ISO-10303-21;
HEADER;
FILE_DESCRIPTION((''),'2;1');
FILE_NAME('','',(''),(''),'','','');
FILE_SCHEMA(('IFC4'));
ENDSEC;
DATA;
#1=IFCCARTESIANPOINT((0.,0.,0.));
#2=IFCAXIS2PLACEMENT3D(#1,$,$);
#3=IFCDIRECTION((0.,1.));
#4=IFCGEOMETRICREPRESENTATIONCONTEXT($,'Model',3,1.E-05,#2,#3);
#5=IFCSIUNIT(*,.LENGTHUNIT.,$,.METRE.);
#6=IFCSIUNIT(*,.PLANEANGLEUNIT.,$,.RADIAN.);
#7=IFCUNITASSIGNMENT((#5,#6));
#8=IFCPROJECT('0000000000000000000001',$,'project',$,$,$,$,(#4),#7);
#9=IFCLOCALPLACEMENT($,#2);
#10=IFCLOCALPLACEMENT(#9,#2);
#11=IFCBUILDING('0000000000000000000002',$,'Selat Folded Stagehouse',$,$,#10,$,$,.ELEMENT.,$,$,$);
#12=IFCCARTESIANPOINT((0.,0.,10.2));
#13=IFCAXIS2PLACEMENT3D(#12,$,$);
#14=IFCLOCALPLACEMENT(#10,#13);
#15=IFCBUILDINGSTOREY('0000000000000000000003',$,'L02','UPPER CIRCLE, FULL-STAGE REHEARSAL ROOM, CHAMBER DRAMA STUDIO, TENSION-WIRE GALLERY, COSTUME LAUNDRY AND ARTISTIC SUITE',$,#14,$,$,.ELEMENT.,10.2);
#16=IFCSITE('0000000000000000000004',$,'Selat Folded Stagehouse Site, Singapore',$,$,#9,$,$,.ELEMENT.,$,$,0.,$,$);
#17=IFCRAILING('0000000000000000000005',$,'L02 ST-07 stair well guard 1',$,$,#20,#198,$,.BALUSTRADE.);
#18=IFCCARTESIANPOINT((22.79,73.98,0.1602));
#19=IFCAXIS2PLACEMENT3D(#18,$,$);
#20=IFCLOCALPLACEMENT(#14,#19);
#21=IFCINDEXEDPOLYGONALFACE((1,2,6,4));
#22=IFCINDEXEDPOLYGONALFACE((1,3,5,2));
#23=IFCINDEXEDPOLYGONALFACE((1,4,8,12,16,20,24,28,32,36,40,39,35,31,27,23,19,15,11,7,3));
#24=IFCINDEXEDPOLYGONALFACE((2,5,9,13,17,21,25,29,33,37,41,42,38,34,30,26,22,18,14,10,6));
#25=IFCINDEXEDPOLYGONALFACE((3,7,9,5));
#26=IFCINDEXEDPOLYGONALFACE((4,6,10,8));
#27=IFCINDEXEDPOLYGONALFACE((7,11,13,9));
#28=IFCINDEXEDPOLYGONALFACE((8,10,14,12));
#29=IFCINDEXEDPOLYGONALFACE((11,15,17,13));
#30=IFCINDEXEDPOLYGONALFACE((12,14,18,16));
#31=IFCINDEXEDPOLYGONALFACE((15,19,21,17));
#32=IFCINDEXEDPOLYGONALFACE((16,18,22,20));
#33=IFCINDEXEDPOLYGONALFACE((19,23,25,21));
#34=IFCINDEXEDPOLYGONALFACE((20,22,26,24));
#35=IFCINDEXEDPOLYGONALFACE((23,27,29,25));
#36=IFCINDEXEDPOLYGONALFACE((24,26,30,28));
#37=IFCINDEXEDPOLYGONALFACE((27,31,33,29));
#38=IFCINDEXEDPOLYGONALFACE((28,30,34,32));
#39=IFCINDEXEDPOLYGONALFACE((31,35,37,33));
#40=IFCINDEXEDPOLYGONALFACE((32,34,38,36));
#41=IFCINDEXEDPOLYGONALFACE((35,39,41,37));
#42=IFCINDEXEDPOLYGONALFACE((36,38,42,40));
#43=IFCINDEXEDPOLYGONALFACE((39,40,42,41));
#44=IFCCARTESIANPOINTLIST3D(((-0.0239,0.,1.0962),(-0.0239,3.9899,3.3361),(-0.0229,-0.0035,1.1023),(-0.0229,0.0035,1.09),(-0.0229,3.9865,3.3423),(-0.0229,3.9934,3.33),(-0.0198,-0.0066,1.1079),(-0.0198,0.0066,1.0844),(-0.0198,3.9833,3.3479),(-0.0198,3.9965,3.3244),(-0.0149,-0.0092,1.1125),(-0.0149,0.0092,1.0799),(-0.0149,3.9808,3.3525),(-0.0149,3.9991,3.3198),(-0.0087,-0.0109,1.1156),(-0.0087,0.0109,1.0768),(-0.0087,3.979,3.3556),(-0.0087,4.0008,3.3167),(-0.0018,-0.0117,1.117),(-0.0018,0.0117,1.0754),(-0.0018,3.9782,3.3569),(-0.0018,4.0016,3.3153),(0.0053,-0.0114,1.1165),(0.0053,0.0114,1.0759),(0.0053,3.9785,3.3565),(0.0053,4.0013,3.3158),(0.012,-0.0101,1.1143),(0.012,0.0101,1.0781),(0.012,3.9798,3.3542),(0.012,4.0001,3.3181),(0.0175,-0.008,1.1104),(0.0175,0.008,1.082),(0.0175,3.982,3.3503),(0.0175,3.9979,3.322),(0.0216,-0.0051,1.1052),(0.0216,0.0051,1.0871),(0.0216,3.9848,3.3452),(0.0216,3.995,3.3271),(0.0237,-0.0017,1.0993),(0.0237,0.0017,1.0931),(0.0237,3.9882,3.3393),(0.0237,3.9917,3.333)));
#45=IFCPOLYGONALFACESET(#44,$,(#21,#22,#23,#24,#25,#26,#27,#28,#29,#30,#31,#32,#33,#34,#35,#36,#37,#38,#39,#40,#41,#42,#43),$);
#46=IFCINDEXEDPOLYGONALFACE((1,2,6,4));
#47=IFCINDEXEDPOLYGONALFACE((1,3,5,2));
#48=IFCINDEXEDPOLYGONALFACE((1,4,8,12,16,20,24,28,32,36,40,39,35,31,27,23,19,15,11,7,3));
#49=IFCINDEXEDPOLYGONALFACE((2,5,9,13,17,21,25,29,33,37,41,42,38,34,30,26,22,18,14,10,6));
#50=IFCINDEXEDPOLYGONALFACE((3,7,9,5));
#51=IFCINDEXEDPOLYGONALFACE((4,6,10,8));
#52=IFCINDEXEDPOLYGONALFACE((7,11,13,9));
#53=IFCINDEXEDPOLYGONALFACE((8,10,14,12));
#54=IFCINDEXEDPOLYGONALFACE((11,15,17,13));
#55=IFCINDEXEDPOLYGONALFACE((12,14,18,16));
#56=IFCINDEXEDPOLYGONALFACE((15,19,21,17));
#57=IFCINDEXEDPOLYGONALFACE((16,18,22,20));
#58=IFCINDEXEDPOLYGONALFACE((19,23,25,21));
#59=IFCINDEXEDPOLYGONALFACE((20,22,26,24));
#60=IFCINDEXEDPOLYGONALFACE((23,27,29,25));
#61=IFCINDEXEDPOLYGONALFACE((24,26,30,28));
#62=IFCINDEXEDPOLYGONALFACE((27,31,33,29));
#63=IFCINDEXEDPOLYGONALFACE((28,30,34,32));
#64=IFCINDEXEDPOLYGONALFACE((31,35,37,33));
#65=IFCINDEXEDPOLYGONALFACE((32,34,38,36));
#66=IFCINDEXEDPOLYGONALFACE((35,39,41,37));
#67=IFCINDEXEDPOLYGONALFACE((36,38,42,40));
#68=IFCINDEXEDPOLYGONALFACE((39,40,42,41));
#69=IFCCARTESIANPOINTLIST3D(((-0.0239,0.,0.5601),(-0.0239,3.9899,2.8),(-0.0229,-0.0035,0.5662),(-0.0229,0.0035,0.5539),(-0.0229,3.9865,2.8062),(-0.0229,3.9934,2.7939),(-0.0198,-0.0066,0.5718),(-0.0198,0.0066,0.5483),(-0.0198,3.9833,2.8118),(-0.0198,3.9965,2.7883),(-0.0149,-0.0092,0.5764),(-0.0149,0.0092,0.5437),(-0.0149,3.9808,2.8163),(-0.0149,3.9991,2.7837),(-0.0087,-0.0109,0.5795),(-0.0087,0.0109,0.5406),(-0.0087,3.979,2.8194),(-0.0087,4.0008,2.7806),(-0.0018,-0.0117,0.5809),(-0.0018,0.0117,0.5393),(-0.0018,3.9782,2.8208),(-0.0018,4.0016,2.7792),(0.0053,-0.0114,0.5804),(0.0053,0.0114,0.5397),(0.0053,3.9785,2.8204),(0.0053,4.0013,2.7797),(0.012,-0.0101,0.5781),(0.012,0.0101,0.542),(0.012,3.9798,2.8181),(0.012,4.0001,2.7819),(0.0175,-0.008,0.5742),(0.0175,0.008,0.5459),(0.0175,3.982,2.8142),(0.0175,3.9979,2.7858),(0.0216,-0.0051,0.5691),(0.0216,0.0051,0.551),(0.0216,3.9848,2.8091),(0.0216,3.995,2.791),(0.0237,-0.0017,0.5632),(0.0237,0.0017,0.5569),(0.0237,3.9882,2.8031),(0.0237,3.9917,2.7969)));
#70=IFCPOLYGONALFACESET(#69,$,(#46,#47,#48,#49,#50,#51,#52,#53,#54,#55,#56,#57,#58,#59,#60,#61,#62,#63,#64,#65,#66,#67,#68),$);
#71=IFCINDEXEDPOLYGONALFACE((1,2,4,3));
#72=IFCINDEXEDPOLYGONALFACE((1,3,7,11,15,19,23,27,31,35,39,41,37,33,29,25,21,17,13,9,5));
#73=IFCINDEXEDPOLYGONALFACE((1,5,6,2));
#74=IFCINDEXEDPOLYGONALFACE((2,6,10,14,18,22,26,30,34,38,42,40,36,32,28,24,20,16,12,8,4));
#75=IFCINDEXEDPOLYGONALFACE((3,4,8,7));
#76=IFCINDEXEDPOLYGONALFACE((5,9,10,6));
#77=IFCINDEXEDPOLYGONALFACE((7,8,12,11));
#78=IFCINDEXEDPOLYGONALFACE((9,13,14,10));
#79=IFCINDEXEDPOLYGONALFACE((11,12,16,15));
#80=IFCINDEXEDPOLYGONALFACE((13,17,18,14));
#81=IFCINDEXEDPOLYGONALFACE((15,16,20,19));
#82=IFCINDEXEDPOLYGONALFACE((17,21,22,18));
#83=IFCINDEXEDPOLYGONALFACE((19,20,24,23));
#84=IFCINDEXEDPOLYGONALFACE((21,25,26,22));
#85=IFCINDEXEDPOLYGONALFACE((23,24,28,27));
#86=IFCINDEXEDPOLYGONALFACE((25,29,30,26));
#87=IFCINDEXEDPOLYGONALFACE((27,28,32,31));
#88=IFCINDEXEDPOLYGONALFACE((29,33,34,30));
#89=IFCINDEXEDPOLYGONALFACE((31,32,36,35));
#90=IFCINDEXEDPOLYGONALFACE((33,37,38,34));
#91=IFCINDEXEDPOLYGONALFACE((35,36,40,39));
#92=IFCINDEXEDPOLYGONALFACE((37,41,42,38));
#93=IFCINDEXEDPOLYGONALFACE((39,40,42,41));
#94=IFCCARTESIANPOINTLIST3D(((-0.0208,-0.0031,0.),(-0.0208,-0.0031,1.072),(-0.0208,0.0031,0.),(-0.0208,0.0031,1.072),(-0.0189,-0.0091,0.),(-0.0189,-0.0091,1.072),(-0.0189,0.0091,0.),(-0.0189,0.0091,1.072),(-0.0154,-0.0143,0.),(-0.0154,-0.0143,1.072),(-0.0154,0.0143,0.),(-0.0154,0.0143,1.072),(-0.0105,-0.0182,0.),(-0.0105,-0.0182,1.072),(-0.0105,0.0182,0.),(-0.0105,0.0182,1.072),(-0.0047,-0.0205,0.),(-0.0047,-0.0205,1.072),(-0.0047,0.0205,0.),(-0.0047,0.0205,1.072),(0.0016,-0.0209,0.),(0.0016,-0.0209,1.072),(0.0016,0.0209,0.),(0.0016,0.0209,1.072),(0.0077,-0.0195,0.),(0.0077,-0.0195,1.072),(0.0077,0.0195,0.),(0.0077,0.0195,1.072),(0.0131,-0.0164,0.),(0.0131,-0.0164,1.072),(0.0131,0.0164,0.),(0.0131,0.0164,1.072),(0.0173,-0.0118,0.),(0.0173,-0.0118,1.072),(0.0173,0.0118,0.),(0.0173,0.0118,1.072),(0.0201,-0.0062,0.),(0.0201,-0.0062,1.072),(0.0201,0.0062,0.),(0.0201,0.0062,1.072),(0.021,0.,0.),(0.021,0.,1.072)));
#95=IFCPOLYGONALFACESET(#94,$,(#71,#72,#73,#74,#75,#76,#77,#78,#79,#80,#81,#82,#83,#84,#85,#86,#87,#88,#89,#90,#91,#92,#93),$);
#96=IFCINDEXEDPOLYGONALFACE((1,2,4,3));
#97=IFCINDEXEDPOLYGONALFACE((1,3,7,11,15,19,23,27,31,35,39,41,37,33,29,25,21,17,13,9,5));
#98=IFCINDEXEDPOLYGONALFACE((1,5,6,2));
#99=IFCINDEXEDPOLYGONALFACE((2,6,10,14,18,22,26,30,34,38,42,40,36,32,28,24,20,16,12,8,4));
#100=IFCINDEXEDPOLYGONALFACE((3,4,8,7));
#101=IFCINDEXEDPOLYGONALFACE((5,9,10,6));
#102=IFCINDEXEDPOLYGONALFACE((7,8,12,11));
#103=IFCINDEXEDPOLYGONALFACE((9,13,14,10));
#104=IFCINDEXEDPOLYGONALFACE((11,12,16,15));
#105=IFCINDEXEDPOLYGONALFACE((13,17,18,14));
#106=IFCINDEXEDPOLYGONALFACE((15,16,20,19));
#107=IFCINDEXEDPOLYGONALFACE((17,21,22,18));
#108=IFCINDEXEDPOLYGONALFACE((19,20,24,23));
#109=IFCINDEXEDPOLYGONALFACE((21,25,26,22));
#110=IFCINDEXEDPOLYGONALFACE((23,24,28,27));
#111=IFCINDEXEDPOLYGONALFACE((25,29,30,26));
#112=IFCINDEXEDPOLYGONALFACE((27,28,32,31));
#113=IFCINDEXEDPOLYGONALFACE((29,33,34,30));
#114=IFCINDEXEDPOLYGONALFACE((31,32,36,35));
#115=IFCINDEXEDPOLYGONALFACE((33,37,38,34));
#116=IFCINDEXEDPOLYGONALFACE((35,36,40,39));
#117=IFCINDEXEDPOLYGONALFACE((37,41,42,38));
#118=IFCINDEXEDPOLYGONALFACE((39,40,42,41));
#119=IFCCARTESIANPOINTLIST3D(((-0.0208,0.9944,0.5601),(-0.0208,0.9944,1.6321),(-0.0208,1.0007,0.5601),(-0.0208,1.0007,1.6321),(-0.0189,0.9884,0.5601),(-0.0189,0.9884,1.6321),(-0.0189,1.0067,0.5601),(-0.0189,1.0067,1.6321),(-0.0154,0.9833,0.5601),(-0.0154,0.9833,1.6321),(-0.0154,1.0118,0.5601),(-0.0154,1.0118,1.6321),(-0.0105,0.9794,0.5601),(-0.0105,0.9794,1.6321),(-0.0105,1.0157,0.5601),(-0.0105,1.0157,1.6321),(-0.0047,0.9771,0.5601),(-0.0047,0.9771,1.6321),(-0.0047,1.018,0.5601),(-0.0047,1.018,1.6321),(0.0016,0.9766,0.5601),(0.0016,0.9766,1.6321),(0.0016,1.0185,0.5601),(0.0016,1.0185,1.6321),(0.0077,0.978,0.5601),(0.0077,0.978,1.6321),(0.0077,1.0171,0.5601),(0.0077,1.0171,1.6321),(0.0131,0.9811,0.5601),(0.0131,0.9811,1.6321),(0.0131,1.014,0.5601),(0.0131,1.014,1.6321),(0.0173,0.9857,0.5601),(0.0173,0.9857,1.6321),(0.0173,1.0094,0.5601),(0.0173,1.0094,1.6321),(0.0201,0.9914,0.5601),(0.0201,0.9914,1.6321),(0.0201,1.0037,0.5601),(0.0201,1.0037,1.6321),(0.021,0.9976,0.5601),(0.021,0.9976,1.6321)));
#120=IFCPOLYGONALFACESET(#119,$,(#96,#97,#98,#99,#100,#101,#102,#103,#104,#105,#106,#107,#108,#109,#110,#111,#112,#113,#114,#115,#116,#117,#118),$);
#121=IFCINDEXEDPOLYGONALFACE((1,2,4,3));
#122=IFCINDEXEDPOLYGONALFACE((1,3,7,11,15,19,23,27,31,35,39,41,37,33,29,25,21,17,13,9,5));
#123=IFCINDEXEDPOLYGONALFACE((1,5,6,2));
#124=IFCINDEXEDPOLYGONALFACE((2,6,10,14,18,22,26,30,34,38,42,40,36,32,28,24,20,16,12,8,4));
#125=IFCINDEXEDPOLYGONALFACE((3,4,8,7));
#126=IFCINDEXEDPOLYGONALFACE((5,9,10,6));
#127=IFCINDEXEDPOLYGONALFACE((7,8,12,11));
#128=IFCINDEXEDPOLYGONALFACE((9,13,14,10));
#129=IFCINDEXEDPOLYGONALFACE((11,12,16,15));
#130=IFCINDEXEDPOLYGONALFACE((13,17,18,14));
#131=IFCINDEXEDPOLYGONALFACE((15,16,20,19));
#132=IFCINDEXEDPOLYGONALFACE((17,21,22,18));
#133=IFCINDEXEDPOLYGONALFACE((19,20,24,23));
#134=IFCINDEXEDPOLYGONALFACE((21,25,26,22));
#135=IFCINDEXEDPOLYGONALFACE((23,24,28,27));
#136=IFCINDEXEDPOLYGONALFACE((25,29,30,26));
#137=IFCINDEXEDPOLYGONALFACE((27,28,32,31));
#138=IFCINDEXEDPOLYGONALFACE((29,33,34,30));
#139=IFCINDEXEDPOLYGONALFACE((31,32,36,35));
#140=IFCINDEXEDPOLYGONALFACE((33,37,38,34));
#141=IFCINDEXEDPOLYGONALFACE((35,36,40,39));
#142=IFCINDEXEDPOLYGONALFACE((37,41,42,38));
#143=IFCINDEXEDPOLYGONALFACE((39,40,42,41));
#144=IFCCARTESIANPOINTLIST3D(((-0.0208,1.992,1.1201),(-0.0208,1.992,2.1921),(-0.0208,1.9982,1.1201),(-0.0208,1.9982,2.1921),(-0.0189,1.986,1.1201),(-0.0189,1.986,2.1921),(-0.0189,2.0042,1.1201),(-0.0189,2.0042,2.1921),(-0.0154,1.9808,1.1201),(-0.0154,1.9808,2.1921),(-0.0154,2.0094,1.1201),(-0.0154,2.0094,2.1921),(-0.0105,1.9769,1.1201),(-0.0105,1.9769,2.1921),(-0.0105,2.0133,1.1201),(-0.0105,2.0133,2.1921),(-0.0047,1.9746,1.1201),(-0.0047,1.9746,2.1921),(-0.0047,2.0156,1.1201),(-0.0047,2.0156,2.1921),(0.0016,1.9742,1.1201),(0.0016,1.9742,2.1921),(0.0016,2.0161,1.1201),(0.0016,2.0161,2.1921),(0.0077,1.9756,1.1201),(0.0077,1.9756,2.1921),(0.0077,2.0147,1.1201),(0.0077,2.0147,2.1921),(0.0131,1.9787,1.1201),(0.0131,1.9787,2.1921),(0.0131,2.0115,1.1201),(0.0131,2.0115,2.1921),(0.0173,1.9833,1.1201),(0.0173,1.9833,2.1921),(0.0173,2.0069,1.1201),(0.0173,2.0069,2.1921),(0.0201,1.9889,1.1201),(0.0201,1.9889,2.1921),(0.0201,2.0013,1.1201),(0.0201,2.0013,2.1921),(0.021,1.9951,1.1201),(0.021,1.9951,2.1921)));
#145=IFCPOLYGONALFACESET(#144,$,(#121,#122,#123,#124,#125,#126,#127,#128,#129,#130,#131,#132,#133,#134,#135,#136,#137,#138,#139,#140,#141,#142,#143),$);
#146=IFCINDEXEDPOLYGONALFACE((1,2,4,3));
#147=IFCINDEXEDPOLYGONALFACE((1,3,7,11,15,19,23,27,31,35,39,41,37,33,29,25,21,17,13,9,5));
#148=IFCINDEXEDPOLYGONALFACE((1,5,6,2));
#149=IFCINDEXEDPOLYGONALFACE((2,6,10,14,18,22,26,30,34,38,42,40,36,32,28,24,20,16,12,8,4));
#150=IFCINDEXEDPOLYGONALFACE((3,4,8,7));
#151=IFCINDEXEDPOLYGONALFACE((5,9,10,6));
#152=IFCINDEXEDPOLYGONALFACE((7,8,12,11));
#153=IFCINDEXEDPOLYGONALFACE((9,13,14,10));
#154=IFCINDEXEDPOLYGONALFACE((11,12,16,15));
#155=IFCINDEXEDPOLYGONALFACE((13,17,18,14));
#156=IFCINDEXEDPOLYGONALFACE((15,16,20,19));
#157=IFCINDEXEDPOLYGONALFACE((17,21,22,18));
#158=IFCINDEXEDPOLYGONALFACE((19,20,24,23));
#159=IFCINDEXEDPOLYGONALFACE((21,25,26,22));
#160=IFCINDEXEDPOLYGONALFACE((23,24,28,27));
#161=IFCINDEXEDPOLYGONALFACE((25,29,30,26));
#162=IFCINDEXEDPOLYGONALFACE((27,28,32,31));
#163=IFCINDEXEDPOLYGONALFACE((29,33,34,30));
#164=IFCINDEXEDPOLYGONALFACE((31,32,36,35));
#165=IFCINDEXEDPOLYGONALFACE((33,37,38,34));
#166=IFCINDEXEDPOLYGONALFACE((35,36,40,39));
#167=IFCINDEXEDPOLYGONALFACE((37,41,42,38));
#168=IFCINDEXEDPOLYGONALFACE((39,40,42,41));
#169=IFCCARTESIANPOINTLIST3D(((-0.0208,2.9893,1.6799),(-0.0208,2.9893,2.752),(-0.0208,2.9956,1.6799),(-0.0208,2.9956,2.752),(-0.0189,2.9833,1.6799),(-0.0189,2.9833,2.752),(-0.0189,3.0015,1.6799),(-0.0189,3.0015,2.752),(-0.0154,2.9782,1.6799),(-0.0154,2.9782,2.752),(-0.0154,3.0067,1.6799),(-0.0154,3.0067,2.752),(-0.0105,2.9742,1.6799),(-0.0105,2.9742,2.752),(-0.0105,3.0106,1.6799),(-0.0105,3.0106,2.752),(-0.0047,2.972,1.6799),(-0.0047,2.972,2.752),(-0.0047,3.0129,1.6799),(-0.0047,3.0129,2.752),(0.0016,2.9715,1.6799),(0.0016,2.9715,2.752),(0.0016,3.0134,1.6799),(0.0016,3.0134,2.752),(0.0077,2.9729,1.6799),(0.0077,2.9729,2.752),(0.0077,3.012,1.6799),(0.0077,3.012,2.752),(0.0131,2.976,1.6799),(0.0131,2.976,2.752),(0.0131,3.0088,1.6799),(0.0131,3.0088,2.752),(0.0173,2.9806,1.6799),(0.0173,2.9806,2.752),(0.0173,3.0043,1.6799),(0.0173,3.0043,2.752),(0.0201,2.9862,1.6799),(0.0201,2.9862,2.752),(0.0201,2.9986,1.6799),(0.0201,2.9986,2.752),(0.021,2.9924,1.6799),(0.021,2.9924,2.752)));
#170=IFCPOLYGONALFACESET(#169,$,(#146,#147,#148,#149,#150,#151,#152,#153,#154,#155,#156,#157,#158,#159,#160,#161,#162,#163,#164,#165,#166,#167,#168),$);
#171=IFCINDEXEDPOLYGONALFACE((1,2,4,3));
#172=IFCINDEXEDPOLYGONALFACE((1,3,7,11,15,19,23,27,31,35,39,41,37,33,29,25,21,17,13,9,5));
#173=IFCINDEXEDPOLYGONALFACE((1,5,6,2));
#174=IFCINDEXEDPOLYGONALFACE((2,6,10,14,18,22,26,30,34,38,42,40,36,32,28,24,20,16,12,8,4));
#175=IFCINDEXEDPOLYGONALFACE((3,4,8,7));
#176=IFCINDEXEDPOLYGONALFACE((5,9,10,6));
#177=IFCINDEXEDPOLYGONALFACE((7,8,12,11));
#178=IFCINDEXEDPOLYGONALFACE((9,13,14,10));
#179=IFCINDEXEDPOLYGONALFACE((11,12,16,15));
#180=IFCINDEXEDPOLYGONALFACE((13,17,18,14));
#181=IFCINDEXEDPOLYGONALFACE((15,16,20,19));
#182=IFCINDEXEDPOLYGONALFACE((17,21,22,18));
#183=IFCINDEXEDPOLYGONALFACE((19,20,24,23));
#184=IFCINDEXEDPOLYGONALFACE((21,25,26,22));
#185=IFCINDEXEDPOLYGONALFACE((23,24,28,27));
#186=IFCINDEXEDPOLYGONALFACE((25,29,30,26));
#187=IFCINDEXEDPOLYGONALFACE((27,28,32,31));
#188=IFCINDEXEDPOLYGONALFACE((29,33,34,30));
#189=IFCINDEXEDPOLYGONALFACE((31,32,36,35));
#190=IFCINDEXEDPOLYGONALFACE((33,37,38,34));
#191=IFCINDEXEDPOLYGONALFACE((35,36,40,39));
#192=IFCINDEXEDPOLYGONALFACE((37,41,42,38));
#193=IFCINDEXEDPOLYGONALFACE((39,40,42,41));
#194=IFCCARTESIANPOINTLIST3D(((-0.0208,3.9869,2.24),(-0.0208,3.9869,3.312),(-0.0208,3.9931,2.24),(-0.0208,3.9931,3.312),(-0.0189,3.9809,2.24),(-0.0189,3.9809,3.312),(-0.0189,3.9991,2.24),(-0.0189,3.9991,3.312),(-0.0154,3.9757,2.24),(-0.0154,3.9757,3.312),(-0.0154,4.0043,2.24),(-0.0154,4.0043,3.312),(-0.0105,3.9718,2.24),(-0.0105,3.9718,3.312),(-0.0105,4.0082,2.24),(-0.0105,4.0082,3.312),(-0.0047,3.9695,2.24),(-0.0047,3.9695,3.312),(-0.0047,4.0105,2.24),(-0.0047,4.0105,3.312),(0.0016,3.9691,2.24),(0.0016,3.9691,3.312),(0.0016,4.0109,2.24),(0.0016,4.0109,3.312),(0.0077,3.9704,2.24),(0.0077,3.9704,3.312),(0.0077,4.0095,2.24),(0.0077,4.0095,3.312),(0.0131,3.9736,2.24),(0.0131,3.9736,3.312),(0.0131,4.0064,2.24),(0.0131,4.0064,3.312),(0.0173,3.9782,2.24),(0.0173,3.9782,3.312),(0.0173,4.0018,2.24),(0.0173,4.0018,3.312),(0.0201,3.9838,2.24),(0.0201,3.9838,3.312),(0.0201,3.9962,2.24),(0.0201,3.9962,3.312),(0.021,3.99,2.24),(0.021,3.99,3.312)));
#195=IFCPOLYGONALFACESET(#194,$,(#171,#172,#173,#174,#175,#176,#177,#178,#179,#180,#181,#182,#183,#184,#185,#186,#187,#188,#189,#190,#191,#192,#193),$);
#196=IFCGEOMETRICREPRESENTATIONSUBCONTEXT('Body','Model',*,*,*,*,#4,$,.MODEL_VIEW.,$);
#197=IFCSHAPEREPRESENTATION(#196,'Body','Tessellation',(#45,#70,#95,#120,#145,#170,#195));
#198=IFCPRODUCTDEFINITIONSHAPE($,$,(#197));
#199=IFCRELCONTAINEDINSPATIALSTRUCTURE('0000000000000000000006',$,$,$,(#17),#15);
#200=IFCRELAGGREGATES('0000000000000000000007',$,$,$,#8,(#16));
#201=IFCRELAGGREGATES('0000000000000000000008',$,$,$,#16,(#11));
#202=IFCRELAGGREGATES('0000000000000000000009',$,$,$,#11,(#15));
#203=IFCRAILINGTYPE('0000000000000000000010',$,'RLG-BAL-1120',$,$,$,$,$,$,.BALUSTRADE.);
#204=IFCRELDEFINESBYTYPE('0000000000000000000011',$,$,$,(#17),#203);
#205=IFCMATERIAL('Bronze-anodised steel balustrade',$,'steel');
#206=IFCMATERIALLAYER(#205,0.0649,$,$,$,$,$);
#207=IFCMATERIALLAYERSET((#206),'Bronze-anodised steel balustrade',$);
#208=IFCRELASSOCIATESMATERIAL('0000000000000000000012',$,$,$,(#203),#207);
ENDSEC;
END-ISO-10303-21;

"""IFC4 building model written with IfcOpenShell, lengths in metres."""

from ifc_helpers import new_model, si_unit, direction, frame, origin, origin_2d, place, context, subcontext, project, spatial, circle, extrude, material, layer, layer_set, type_object, element, save


model = new_model("IFC4")

# Units and contexts
model_context = context("Model", 3, precision=1e-05, world=origin(), true_north=direction((0.0, 1.0)))
body_context = subcontext(model_context, "Body", "Model", "MODEL_VIEW")
ifc_project = project(units=[si_unit("LENGTHUNIT", "METRE"), si_unit("PLANEANGLEUNIT", "RADIAN")], contexts=[model_context])

# Site, building, storey
site_placement = place(None, origin())
site = spatial("IfcSite", under=ifc_project, at=site_placement, Name="Selat Folded Stagehouse Site, Singapore", CompositionType="ELEMENT", RefElevation=0.0)
building_placement = place(site_placement, origin())
building = spatial("IfcBuilding", under=site, at=building_placement, Name="Selat Folded Stagehouse", CompositionType="ELEMENT")
storey_placement = place(building_placement, frame((0.0, 0.0, 10.2)))
storey = spatial("IfcBuildingStorey", under=building, at=storey_placement, Name="L02", Description="UPPER CIRCLE, FULL-STAGE REHEARSAL ROOM, CHAMBER DRAMA STUDIO, TENSION-WIRE GALLERY, COSTUME LAUNDRY AND ARTISTIC SUITE", CompositionType="ELEMENT", Elevation=10.2)

# Railing
ifc_material_1 = material(Name="Bronze-anodised steel balustrade", Category="steel")
ifc_layer_1 = layer(ifc_material_1, 0.0649)
ifc_layer_set_1 = layer_set([ifc_layer_1], Name="Bronze-anodised steel balustrade")
railing_type_1 = type_object("IfcRailingType", Name="RLG-BAL-1120", PredefinedType="BALUSTRADE", material=ifc_layer_set_1)
railing_1_placement = place(storey_placement, frame((22.79, 73.98, 0.1602)))
element("IfcRailing", 1, at=railing_1_placement, inside=storey, type_object=railing_type_1, Name="L02 ST-07 stair well guard 1", PredefinedType="BALUSTRADE", context=body_context, shape_type="SweptSolid", body=[
    extrude(circle(Radius=0.0239, at=origin_2d()), frame((0.0, 0.0, 1.0962), z_axis=(0.0, 0.871984, 0.489534), x_axis=(-1.0, 0.0, 0.0)), (0.0, 0.0, 1.0), 4.5757),
    extrude(circle(Radius=0.0239, at=origin_2d()), frame((0.0, 0.0, 0.5601), z_axis=(0.0, 0.871984, 0.489534), x_axis=(-1.0, 0.0, 0.0)), (0.0, 0.0, 1.0), 4.5757),
    extrude(circle(Radius=0.021, at=origin_2d()), origin(), (0.0, 0.0, 1.0), 1.072),
    extrude(circle(Radius=0.021, at=origin_2d()), frame((0.0, 0.9976, 0.5601)), (0.0, 0.0, 1.0), 1.072),
    extrude(circle(Radius=0.021, at=origin_2d()), frame((0.0, 1.9951, 1.1201)), (0.0, 0.0, 1.0), 1.072),
    extrude(circle(Radius=0.021, at=origin_2d()), frame((0.0, 2.9924, 1.6799)), (0.0, 0.0, 1.0), 1.072),
    extrude(circle(Radius=0.021, at=origin_2d()), frame((0.0, 3.99, 2.24)), (0.0, 0.0, 1.0), 1.072),
])

save(model, "model.ifc")
